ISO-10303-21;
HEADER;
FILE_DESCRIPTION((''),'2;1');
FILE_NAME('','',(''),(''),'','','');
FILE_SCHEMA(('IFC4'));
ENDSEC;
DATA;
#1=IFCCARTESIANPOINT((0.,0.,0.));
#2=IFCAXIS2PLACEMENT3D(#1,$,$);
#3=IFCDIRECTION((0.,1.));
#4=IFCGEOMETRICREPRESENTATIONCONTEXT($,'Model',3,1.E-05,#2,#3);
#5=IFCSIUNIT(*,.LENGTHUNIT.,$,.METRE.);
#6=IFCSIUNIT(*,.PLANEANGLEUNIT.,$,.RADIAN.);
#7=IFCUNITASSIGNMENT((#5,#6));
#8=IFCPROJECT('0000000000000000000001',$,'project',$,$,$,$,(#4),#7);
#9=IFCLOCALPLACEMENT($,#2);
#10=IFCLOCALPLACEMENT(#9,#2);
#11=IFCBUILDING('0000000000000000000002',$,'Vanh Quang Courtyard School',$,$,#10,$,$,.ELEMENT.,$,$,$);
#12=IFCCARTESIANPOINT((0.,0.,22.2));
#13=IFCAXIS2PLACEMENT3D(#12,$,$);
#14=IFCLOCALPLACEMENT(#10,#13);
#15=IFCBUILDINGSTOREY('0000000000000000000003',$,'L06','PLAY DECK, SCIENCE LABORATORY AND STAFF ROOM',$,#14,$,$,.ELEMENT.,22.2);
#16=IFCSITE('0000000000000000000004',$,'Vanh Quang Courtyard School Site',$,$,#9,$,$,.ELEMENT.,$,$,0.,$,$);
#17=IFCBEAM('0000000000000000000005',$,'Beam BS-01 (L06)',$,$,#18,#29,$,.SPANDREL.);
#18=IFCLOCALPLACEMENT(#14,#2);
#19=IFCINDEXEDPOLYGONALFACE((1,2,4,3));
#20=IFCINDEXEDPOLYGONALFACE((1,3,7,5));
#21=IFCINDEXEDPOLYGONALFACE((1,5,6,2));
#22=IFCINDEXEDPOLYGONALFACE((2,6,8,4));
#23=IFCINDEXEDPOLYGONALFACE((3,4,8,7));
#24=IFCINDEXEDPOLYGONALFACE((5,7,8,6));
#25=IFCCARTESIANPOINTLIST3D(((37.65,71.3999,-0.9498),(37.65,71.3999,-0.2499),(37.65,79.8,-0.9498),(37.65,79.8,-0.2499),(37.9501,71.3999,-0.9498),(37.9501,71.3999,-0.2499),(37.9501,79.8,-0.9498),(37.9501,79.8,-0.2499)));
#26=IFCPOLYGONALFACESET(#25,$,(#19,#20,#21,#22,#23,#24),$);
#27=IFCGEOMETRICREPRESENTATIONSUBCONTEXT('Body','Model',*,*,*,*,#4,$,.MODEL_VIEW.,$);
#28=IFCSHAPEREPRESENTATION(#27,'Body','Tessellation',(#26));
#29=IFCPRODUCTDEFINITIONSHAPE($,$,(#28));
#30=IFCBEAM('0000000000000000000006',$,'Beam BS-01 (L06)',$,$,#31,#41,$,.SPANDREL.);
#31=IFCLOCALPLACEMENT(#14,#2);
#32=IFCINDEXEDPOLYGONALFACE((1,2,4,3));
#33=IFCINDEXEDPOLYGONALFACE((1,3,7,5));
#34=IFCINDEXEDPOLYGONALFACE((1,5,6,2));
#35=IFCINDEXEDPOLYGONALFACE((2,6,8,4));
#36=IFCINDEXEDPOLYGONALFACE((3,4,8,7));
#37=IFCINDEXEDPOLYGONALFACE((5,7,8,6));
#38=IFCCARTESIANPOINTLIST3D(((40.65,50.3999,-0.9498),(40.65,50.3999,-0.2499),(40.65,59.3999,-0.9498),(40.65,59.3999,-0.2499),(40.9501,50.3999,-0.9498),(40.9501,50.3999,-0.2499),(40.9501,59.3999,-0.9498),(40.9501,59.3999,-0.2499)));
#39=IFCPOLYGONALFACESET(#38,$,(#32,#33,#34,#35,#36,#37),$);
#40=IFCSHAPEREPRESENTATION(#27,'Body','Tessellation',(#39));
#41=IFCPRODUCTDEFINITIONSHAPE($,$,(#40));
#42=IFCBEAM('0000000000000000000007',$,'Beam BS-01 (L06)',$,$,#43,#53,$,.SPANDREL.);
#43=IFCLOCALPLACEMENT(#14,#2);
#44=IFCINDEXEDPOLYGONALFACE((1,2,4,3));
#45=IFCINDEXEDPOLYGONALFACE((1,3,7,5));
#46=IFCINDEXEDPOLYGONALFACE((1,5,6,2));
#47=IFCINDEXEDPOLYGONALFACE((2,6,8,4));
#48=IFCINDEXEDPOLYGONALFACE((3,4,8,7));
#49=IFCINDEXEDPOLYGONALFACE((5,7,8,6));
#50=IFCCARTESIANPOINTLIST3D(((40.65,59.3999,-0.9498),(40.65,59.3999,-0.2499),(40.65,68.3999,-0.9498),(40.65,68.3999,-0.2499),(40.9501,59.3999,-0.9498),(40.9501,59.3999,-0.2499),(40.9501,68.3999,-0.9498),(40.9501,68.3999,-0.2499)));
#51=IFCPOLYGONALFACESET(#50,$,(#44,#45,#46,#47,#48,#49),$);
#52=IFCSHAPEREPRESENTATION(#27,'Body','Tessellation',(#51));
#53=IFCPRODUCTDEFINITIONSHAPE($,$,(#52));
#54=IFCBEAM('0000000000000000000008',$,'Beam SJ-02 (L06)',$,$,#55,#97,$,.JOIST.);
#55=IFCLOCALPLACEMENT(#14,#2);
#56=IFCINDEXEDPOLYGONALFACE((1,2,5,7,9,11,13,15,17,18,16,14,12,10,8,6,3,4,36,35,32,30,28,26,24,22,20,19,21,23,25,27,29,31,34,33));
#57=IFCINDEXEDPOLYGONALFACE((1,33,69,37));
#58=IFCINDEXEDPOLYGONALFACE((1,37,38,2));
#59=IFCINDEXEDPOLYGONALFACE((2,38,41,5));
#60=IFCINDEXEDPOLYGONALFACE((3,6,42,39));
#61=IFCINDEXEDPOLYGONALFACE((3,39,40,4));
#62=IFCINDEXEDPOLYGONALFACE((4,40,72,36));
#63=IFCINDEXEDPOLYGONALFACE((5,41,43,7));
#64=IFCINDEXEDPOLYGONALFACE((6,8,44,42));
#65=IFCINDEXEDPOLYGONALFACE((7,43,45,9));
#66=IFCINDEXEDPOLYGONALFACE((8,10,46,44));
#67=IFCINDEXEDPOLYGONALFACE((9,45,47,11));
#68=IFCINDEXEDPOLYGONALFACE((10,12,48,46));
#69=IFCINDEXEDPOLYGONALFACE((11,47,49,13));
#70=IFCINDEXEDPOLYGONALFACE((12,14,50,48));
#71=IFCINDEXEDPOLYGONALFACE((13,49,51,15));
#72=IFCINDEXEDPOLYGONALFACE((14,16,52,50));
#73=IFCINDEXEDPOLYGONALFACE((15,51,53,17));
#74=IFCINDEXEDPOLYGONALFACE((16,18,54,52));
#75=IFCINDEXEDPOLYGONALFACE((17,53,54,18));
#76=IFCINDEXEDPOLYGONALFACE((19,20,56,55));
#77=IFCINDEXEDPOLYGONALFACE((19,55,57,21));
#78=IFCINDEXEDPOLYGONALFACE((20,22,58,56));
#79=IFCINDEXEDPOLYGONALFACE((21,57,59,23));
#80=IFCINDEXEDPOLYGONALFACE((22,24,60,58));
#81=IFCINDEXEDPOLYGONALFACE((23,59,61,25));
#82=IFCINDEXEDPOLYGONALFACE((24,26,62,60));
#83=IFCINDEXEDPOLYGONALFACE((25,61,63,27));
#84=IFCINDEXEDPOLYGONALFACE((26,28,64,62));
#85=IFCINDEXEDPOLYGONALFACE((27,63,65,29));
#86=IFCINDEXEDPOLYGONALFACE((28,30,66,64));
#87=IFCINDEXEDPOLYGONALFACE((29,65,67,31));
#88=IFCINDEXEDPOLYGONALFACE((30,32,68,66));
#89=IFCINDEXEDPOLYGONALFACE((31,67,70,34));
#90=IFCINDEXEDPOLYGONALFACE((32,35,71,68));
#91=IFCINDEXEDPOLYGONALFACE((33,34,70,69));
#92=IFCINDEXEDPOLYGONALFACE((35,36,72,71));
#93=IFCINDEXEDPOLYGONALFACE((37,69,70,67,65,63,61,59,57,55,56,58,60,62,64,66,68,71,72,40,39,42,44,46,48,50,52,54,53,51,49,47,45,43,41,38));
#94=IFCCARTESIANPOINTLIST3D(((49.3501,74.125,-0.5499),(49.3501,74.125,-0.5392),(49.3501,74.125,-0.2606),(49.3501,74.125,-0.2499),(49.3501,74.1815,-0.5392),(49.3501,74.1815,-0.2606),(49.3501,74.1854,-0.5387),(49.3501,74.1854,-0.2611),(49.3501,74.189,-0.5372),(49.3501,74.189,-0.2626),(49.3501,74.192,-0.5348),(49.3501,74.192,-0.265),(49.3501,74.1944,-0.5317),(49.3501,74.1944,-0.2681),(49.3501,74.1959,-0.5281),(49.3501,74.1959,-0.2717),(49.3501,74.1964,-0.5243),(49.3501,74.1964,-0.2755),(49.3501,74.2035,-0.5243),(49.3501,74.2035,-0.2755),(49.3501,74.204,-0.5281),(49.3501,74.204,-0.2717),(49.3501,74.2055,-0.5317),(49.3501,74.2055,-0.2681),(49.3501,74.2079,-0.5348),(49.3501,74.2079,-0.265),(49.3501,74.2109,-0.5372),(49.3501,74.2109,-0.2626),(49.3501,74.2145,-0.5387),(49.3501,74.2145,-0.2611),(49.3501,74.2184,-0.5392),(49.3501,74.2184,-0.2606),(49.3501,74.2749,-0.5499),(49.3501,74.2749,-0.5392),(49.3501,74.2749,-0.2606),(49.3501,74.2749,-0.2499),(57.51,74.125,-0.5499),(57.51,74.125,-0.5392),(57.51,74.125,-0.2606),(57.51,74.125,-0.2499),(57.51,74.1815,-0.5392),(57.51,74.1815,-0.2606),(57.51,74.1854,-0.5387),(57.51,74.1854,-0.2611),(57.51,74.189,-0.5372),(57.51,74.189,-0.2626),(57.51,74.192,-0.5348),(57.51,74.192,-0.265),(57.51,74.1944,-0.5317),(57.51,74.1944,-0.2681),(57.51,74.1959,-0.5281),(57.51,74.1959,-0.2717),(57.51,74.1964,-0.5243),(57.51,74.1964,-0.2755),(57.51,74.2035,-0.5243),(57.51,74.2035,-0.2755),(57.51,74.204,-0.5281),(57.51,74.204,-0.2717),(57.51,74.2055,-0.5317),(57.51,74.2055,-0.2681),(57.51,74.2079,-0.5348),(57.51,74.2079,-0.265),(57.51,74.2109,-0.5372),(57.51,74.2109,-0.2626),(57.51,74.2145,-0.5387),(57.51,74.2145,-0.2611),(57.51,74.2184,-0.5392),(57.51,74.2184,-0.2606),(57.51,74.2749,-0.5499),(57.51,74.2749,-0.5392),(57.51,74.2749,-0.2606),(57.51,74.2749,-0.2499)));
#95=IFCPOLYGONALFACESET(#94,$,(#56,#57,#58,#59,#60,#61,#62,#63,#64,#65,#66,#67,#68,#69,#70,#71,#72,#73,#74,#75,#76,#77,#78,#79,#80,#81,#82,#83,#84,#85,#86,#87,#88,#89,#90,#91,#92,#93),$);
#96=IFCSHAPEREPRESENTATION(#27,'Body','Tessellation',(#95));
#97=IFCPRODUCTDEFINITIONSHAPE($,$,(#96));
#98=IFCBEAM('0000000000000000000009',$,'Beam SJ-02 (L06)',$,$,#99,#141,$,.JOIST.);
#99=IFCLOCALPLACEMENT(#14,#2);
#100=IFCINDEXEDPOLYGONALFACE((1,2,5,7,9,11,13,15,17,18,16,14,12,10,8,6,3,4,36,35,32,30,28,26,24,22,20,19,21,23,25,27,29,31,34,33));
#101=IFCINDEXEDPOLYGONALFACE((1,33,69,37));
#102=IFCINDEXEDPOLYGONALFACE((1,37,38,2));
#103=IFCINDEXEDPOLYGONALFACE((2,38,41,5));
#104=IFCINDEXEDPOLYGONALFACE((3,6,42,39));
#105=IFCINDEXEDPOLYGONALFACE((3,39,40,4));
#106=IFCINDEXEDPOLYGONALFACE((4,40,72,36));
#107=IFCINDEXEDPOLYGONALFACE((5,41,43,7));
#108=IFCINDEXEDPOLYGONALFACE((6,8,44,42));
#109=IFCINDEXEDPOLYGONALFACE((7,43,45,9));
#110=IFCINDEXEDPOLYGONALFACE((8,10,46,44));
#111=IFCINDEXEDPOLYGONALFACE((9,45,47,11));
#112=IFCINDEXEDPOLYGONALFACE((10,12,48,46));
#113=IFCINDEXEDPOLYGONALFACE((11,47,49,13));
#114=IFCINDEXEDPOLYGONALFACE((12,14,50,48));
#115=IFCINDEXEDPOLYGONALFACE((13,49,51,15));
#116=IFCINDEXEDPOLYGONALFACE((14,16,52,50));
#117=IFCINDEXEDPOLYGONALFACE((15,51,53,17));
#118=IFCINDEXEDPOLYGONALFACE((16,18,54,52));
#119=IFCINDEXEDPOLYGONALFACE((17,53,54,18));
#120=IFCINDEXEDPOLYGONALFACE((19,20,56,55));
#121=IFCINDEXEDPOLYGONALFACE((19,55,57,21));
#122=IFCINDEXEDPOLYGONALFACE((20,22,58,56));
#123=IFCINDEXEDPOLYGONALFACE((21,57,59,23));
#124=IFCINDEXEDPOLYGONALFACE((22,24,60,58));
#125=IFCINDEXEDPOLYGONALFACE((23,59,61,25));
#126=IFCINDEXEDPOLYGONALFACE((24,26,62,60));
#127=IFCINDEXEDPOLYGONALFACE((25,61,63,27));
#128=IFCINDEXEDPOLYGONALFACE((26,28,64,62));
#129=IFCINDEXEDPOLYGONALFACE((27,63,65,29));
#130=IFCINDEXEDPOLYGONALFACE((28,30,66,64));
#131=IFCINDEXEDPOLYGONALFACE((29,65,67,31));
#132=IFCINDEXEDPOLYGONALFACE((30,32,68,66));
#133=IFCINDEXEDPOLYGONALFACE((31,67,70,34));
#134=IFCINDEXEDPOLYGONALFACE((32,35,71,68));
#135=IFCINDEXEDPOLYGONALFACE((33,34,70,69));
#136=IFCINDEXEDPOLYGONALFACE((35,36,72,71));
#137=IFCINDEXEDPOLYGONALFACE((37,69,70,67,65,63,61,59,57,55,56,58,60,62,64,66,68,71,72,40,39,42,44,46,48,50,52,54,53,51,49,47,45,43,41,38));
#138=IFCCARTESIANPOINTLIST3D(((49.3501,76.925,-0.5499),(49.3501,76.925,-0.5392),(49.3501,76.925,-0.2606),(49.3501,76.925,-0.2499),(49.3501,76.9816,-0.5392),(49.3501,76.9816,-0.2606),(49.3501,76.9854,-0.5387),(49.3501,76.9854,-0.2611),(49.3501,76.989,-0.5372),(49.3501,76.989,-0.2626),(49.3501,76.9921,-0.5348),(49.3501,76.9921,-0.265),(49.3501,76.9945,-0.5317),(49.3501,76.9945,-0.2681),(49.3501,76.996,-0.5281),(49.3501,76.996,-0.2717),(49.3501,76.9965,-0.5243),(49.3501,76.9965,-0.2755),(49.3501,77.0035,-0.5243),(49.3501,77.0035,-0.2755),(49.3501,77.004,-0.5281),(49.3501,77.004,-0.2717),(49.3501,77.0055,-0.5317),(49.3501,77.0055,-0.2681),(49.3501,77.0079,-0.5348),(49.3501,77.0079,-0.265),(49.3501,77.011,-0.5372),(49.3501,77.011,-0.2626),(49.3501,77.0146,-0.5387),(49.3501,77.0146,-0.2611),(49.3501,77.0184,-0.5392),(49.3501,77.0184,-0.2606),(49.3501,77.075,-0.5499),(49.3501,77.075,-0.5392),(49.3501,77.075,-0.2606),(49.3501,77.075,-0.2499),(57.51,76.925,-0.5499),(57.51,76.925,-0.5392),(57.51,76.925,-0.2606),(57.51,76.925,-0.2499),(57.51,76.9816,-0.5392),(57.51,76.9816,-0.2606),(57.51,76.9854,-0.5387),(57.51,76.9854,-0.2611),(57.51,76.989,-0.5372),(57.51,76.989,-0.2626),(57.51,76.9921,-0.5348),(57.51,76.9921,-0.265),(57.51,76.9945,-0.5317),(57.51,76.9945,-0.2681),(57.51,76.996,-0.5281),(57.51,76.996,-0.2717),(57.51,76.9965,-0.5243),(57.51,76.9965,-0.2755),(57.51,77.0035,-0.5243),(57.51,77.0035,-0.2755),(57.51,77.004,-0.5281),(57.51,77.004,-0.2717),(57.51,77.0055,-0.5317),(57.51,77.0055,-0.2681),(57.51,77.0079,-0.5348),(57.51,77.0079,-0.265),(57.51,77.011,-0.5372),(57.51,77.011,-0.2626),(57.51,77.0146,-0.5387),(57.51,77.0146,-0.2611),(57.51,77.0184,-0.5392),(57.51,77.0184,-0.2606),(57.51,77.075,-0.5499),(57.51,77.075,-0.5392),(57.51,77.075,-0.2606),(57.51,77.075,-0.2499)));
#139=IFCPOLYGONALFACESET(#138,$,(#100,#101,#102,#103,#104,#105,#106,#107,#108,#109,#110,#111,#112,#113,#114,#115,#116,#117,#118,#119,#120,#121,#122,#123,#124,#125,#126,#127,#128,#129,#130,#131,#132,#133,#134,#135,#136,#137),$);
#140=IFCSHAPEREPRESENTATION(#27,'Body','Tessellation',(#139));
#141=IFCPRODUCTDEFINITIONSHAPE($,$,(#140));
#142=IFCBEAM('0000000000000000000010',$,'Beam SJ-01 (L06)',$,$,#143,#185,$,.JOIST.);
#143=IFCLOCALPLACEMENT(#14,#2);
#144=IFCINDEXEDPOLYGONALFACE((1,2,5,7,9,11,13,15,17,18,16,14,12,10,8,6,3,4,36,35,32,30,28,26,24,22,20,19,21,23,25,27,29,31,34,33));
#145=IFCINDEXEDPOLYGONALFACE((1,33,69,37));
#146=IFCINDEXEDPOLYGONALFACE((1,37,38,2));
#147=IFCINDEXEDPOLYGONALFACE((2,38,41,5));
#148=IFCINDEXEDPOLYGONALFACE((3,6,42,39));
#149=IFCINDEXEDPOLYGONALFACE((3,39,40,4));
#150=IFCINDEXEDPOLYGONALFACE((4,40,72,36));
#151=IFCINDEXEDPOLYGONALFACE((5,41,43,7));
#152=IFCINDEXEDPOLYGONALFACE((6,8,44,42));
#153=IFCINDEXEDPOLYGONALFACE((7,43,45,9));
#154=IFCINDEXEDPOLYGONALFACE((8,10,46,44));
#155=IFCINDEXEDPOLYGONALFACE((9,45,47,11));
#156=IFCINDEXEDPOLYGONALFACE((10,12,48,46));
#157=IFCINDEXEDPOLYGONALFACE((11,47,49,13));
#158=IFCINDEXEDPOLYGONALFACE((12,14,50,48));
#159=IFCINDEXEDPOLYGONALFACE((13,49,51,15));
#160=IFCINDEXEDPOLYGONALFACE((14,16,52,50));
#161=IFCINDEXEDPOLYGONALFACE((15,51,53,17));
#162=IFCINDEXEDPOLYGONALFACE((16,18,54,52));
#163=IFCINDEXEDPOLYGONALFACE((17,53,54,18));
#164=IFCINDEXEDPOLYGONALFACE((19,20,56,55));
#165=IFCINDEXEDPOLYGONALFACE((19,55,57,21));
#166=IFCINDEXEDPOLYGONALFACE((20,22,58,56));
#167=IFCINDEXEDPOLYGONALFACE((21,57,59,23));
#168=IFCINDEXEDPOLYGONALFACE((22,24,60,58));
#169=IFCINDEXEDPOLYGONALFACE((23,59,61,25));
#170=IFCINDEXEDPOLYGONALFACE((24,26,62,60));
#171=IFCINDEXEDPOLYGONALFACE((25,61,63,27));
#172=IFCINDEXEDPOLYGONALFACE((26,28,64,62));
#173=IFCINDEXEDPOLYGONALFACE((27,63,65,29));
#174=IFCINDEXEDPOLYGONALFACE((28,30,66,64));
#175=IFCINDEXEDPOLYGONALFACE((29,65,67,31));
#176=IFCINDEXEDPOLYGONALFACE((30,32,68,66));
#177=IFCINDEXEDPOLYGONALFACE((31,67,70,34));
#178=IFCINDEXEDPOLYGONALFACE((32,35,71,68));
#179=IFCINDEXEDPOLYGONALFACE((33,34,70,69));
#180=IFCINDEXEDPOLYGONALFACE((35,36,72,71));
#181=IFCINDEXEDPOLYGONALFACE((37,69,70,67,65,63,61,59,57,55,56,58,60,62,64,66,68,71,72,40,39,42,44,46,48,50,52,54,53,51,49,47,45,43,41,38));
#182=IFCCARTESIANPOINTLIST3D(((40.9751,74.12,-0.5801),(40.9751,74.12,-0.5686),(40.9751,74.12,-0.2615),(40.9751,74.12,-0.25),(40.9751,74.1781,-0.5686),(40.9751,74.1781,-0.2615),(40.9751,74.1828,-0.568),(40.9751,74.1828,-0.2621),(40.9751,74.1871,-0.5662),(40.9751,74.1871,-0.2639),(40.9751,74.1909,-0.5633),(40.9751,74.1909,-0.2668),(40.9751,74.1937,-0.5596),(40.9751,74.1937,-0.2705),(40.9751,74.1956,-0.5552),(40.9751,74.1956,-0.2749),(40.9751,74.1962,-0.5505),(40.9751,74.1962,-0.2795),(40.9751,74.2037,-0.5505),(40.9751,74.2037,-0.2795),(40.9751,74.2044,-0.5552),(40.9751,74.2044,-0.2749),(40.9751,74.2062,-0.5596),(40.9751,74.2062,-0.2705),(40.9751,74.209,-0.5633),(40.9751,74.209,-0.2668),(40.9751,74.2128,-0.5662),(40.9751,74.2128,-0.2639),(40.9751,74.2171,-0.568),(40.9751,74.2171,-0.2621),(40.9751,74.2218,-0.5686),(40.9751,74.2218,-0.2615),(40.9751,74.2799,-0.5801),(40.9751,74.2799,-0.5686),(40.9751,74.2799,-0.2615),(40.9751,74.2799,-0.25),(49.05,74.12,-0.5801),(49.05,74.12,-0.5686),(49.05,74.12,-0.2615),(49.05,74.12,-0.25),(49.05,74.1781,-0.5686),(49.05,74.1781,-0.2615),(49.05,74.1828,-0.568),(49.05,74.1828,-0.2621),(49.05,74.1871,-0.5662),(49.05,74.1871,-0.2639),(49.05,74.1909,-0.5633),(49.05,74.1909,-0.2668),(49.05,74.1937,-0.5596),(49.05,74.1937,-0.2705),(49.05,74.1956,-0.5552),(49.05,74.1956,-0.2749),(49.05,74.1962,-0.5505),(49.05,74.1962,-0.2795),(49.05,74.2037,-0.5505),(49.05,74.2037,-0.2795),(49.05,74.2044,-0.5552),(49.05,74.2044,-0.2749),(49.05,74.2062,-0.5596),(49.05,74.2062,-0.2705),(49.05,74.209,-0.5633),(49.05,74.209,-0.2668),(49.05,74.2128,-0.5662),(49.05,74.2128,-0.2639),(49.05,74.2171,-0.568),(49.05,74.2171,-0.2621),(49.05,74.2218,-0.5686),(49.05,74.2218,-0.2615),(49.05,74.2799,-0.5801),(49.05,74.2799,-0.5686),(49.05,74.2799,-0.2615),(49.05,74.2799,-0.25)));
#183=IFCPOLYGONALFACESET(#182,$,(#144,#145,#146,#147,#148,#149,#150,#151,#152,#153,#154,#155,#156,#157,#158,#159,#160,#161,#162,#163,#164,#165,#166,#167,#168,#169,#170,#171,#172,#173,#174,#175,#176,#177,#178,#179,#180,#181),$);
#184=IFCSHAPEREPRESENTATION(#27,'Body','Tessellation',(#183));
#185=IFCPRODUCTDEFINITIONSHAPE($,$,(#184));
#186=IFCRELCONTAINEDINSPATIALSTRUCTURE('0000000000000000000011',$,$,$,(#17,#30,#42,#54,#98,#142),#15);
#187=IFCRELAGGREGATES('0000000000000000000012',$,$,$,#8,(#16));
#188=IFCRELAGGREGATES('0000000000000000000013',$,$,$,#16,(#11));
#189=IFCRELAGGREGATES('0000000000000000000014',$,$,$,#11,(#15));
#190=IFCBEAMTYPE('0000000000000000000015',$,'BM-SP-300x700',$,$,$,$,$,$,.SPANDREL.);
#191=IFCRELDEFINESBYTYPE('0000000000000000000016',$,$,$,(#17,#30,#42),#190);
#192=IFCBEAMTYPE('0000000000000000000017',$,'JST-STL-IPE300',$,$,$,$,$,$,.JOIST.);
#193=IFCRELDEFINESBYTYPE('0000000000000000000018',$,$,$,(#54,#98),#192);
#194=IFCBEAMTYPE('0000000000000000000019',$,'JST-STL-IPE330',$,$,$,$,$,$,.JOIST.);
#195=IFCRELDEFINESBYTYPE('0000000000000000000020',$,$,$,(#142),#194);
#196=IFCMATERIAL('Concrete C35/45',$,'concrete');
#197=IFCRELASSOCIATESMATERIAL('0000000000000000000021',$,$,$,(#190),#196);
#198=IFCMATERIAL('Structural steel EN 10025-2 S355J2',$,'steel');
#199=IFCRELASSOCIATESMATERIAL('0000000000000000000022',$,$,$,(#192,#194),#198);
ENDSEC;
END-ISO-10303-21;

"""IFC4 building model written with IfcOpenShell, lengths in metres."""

from ifc_helpers import new_model, si_unit, direction, frame, origin, origin_2d, place, context, subcontext, project, spatial, rectangle, i_section, extrude, material, material_profile, profile_set, type_object, element, save


model = new_model("IFC4")

# Units and contexts
model_context = context("Model", 3, precision=1e-05, world=origin(), true_north=direction((0.0, 1.0)))
body_context = subcontext(model_context, "Body", "Model", "MODEL_VIEW")
ifc_project = project(units=[si_unit("LENGTHUNIT", "METRE"), si_unit("PLANEANGLEUNIT", "RADIAN")], contexts=[model_context])

# Site, building, storey
site_placement = place(None, origin())
site = spatial("IfcSite", under=ifc_project, at=site_placement, Name="Vanh Quang Courtyard School Site", CompositionType="ELEMENT", RefElevation=0.0)
building_placement = place(site_placement, origin())
building = spatial("IfcBuilding", under=site, at=building_placement, Name="Vanh Quang Courtyard School", CompositionType="ELEMENT")
storey_placement = place(building_placement, frame((0.0, 0.0, 22.2)))
storey = spatial("IfcBuildingStorey", under=building, at=storey_placement, Name="L06", Description="PLAY DECK, SCIENCE LABORATORY AND STAFF ROOM", CompositionType="ELEMENT", Elevation=22.2)

# Beams
ifc_material_1 = material(Name="Concrete C35/45", Category="concrete")
ifc_material_profile_1 = material_profile(ifc_material_1, rectangle(XDim=0.3, YDim=0.7, at=origin_2d()), Name="RC-SP 300x700")
ifc_profile_set_1 = profile_set([ifc_material_profile_1], Name="Concrete C35/45")
beam_type_1 = type_object("IfcBeamType", Name="BM-SP-300x700", PredefinedType="SPANDREL", material=ifc_profile_set_1)
beam_1_placement = place(storey_placement, frame((37.8, 71.3999, -0.5999), z_axis=(0.0, 1.0, 0.0), x_axis=(-1.0, 0.0, 0.0)))
element("IfcBeam", 1, at=beam_1_placement, inside=storey, type_object=beam_type_1, Name="Beam BS-01 (L06)", PredefinedType="SPANDREL", context=body_context, shape_type="SweptSolid", body=[
    extrude(rectangle(XDim=0.3, YDim=0.7, at=origin_2d()), origin(), (0.0, 0.0, 1.0), 8.4001),
])
for number, where, z_axis, x_axis, name in (
    (2, (40.8, 50.3999, -0.5999), (0.0, 1.0, 0.0), (-1.0, 0.0, 0.0), "Beam BS-01 (L06)"),
    (3, (40.8, 59.3999, -0.5999), (0.0, 1.0, 0.0), (-1.0, 0.0, 0.0), "Beam BS-01 (L06)"),
):
    element("IfcBeam", number, at=place(storey_placement, frame(where, z_axis=z_axis, x_axis=x_axis)), inside=storey, type_object=beam_type_1, Name=name, PredefinedType="SPANDREL", context=body_context, shape_type="SweptSolid", body=[
        extrude(rectangle(XDim=0.3, YDim=0.7, at=origin_2d()), origin(), (0.0, 0.0, 1.0), 9.0),
    ])
ifc_material_2 = material(Name="Structural steel EN 10025-2 S355J2", Category="steel")
ifc_material_profile_2 = material_profile(ifc_material_2, i_section(OverallWidth=0.1499, OverallDepth=0.3, WebThickness=0.0071, FlangeThickness=0.0107, FilletRadius=0.0149, at=origin_2d()), Name="IPE 300")
ifc_profile_set_2 = profile_set([ifc_material_profile_2], Name="Structural steel EN 10025-2 S355J2")
beam_type_2 = type_object("IfcBeamType", Name="JST-STL-IPE300", PredefinedType="JOIST", material=ifc_profile_set_2)
for number, where, z_axis, x_axis, name in (
    (4, (49.3501, 74.2, -0.3999), (1.0, 0.0, 0.0), (0.0, 1.0, 0.0), "Beam SJ-02 (L06)"),
    (5, (49.3501, 77.0, -0.3999), (1.0, 0.0, 0.0), (0.0, 1.0, 0.0), "Beam SJ-02 (L06)"),
):
    element("IfcBeam", number, at=place(storey_placement, frame(where, z_axis=z_axis, x_axis=x_axis)), inside=storey, type_object=beam_type_2, Name=name, PredefinedType="JOIST", context=body_context, shape_type="SweptSolid", body=[
        extrude(i_section(OverallWidth=0.1499, OverallDepth=0.3, WebThickness=0.0071, FlangeThickness=0.0107, FilletRadius=0.0149, at=origin_2d()), origin(), (0.0, 0.0, 1.0), 8.1599),
    ])
ifc_material_profile_3 = material_profile(ifc_material_2, i_section(OverallWidth=0.1599, OverallDepth=0.3301, WebThickness=0.0076, FlangeThickness=0.0115, FilletRadius=0.0181, at=origin_2d()), Name="IPE 330")
ifc_profile_set_3 = profile_set([ifc_material_profile_3], Name="Structural steel EN 10025-2 S355J2")
beam_type_3 = type_object("IfcBeamType", Name="JST-STL-IPE330", PredefinedType="JOIST", material=ifc_profile_set_3)
for number, where, z_axis, x_axis, name in (
    (6, (40.9751, 74.2, -0.415), (1.0, 0.0, 0.0), (0.0, 1.0, 0.0), "Beam SJ-01 (L06)"),
):
    element("IfcBeam", number, at=place(storey_placement, frame(where, z_axis=z_axis, x_axis=x_axis)), inside=storey, type_object=beam_type_3, Name=name, PredefinedType="JOIST", context=body_context, shape_type="SweptSolid", body=[
        extrude(i_section(OverallWidth=0.1599, OverallDepth=0.3301, WebThickness=0.0076, FlangeThickness=0.0115, FilletRadius=0.0181, at=origin_2d()), origin(), (0.0, 0.0, 1.0), 8.075),
    ])

save(model, "model.ifc")
